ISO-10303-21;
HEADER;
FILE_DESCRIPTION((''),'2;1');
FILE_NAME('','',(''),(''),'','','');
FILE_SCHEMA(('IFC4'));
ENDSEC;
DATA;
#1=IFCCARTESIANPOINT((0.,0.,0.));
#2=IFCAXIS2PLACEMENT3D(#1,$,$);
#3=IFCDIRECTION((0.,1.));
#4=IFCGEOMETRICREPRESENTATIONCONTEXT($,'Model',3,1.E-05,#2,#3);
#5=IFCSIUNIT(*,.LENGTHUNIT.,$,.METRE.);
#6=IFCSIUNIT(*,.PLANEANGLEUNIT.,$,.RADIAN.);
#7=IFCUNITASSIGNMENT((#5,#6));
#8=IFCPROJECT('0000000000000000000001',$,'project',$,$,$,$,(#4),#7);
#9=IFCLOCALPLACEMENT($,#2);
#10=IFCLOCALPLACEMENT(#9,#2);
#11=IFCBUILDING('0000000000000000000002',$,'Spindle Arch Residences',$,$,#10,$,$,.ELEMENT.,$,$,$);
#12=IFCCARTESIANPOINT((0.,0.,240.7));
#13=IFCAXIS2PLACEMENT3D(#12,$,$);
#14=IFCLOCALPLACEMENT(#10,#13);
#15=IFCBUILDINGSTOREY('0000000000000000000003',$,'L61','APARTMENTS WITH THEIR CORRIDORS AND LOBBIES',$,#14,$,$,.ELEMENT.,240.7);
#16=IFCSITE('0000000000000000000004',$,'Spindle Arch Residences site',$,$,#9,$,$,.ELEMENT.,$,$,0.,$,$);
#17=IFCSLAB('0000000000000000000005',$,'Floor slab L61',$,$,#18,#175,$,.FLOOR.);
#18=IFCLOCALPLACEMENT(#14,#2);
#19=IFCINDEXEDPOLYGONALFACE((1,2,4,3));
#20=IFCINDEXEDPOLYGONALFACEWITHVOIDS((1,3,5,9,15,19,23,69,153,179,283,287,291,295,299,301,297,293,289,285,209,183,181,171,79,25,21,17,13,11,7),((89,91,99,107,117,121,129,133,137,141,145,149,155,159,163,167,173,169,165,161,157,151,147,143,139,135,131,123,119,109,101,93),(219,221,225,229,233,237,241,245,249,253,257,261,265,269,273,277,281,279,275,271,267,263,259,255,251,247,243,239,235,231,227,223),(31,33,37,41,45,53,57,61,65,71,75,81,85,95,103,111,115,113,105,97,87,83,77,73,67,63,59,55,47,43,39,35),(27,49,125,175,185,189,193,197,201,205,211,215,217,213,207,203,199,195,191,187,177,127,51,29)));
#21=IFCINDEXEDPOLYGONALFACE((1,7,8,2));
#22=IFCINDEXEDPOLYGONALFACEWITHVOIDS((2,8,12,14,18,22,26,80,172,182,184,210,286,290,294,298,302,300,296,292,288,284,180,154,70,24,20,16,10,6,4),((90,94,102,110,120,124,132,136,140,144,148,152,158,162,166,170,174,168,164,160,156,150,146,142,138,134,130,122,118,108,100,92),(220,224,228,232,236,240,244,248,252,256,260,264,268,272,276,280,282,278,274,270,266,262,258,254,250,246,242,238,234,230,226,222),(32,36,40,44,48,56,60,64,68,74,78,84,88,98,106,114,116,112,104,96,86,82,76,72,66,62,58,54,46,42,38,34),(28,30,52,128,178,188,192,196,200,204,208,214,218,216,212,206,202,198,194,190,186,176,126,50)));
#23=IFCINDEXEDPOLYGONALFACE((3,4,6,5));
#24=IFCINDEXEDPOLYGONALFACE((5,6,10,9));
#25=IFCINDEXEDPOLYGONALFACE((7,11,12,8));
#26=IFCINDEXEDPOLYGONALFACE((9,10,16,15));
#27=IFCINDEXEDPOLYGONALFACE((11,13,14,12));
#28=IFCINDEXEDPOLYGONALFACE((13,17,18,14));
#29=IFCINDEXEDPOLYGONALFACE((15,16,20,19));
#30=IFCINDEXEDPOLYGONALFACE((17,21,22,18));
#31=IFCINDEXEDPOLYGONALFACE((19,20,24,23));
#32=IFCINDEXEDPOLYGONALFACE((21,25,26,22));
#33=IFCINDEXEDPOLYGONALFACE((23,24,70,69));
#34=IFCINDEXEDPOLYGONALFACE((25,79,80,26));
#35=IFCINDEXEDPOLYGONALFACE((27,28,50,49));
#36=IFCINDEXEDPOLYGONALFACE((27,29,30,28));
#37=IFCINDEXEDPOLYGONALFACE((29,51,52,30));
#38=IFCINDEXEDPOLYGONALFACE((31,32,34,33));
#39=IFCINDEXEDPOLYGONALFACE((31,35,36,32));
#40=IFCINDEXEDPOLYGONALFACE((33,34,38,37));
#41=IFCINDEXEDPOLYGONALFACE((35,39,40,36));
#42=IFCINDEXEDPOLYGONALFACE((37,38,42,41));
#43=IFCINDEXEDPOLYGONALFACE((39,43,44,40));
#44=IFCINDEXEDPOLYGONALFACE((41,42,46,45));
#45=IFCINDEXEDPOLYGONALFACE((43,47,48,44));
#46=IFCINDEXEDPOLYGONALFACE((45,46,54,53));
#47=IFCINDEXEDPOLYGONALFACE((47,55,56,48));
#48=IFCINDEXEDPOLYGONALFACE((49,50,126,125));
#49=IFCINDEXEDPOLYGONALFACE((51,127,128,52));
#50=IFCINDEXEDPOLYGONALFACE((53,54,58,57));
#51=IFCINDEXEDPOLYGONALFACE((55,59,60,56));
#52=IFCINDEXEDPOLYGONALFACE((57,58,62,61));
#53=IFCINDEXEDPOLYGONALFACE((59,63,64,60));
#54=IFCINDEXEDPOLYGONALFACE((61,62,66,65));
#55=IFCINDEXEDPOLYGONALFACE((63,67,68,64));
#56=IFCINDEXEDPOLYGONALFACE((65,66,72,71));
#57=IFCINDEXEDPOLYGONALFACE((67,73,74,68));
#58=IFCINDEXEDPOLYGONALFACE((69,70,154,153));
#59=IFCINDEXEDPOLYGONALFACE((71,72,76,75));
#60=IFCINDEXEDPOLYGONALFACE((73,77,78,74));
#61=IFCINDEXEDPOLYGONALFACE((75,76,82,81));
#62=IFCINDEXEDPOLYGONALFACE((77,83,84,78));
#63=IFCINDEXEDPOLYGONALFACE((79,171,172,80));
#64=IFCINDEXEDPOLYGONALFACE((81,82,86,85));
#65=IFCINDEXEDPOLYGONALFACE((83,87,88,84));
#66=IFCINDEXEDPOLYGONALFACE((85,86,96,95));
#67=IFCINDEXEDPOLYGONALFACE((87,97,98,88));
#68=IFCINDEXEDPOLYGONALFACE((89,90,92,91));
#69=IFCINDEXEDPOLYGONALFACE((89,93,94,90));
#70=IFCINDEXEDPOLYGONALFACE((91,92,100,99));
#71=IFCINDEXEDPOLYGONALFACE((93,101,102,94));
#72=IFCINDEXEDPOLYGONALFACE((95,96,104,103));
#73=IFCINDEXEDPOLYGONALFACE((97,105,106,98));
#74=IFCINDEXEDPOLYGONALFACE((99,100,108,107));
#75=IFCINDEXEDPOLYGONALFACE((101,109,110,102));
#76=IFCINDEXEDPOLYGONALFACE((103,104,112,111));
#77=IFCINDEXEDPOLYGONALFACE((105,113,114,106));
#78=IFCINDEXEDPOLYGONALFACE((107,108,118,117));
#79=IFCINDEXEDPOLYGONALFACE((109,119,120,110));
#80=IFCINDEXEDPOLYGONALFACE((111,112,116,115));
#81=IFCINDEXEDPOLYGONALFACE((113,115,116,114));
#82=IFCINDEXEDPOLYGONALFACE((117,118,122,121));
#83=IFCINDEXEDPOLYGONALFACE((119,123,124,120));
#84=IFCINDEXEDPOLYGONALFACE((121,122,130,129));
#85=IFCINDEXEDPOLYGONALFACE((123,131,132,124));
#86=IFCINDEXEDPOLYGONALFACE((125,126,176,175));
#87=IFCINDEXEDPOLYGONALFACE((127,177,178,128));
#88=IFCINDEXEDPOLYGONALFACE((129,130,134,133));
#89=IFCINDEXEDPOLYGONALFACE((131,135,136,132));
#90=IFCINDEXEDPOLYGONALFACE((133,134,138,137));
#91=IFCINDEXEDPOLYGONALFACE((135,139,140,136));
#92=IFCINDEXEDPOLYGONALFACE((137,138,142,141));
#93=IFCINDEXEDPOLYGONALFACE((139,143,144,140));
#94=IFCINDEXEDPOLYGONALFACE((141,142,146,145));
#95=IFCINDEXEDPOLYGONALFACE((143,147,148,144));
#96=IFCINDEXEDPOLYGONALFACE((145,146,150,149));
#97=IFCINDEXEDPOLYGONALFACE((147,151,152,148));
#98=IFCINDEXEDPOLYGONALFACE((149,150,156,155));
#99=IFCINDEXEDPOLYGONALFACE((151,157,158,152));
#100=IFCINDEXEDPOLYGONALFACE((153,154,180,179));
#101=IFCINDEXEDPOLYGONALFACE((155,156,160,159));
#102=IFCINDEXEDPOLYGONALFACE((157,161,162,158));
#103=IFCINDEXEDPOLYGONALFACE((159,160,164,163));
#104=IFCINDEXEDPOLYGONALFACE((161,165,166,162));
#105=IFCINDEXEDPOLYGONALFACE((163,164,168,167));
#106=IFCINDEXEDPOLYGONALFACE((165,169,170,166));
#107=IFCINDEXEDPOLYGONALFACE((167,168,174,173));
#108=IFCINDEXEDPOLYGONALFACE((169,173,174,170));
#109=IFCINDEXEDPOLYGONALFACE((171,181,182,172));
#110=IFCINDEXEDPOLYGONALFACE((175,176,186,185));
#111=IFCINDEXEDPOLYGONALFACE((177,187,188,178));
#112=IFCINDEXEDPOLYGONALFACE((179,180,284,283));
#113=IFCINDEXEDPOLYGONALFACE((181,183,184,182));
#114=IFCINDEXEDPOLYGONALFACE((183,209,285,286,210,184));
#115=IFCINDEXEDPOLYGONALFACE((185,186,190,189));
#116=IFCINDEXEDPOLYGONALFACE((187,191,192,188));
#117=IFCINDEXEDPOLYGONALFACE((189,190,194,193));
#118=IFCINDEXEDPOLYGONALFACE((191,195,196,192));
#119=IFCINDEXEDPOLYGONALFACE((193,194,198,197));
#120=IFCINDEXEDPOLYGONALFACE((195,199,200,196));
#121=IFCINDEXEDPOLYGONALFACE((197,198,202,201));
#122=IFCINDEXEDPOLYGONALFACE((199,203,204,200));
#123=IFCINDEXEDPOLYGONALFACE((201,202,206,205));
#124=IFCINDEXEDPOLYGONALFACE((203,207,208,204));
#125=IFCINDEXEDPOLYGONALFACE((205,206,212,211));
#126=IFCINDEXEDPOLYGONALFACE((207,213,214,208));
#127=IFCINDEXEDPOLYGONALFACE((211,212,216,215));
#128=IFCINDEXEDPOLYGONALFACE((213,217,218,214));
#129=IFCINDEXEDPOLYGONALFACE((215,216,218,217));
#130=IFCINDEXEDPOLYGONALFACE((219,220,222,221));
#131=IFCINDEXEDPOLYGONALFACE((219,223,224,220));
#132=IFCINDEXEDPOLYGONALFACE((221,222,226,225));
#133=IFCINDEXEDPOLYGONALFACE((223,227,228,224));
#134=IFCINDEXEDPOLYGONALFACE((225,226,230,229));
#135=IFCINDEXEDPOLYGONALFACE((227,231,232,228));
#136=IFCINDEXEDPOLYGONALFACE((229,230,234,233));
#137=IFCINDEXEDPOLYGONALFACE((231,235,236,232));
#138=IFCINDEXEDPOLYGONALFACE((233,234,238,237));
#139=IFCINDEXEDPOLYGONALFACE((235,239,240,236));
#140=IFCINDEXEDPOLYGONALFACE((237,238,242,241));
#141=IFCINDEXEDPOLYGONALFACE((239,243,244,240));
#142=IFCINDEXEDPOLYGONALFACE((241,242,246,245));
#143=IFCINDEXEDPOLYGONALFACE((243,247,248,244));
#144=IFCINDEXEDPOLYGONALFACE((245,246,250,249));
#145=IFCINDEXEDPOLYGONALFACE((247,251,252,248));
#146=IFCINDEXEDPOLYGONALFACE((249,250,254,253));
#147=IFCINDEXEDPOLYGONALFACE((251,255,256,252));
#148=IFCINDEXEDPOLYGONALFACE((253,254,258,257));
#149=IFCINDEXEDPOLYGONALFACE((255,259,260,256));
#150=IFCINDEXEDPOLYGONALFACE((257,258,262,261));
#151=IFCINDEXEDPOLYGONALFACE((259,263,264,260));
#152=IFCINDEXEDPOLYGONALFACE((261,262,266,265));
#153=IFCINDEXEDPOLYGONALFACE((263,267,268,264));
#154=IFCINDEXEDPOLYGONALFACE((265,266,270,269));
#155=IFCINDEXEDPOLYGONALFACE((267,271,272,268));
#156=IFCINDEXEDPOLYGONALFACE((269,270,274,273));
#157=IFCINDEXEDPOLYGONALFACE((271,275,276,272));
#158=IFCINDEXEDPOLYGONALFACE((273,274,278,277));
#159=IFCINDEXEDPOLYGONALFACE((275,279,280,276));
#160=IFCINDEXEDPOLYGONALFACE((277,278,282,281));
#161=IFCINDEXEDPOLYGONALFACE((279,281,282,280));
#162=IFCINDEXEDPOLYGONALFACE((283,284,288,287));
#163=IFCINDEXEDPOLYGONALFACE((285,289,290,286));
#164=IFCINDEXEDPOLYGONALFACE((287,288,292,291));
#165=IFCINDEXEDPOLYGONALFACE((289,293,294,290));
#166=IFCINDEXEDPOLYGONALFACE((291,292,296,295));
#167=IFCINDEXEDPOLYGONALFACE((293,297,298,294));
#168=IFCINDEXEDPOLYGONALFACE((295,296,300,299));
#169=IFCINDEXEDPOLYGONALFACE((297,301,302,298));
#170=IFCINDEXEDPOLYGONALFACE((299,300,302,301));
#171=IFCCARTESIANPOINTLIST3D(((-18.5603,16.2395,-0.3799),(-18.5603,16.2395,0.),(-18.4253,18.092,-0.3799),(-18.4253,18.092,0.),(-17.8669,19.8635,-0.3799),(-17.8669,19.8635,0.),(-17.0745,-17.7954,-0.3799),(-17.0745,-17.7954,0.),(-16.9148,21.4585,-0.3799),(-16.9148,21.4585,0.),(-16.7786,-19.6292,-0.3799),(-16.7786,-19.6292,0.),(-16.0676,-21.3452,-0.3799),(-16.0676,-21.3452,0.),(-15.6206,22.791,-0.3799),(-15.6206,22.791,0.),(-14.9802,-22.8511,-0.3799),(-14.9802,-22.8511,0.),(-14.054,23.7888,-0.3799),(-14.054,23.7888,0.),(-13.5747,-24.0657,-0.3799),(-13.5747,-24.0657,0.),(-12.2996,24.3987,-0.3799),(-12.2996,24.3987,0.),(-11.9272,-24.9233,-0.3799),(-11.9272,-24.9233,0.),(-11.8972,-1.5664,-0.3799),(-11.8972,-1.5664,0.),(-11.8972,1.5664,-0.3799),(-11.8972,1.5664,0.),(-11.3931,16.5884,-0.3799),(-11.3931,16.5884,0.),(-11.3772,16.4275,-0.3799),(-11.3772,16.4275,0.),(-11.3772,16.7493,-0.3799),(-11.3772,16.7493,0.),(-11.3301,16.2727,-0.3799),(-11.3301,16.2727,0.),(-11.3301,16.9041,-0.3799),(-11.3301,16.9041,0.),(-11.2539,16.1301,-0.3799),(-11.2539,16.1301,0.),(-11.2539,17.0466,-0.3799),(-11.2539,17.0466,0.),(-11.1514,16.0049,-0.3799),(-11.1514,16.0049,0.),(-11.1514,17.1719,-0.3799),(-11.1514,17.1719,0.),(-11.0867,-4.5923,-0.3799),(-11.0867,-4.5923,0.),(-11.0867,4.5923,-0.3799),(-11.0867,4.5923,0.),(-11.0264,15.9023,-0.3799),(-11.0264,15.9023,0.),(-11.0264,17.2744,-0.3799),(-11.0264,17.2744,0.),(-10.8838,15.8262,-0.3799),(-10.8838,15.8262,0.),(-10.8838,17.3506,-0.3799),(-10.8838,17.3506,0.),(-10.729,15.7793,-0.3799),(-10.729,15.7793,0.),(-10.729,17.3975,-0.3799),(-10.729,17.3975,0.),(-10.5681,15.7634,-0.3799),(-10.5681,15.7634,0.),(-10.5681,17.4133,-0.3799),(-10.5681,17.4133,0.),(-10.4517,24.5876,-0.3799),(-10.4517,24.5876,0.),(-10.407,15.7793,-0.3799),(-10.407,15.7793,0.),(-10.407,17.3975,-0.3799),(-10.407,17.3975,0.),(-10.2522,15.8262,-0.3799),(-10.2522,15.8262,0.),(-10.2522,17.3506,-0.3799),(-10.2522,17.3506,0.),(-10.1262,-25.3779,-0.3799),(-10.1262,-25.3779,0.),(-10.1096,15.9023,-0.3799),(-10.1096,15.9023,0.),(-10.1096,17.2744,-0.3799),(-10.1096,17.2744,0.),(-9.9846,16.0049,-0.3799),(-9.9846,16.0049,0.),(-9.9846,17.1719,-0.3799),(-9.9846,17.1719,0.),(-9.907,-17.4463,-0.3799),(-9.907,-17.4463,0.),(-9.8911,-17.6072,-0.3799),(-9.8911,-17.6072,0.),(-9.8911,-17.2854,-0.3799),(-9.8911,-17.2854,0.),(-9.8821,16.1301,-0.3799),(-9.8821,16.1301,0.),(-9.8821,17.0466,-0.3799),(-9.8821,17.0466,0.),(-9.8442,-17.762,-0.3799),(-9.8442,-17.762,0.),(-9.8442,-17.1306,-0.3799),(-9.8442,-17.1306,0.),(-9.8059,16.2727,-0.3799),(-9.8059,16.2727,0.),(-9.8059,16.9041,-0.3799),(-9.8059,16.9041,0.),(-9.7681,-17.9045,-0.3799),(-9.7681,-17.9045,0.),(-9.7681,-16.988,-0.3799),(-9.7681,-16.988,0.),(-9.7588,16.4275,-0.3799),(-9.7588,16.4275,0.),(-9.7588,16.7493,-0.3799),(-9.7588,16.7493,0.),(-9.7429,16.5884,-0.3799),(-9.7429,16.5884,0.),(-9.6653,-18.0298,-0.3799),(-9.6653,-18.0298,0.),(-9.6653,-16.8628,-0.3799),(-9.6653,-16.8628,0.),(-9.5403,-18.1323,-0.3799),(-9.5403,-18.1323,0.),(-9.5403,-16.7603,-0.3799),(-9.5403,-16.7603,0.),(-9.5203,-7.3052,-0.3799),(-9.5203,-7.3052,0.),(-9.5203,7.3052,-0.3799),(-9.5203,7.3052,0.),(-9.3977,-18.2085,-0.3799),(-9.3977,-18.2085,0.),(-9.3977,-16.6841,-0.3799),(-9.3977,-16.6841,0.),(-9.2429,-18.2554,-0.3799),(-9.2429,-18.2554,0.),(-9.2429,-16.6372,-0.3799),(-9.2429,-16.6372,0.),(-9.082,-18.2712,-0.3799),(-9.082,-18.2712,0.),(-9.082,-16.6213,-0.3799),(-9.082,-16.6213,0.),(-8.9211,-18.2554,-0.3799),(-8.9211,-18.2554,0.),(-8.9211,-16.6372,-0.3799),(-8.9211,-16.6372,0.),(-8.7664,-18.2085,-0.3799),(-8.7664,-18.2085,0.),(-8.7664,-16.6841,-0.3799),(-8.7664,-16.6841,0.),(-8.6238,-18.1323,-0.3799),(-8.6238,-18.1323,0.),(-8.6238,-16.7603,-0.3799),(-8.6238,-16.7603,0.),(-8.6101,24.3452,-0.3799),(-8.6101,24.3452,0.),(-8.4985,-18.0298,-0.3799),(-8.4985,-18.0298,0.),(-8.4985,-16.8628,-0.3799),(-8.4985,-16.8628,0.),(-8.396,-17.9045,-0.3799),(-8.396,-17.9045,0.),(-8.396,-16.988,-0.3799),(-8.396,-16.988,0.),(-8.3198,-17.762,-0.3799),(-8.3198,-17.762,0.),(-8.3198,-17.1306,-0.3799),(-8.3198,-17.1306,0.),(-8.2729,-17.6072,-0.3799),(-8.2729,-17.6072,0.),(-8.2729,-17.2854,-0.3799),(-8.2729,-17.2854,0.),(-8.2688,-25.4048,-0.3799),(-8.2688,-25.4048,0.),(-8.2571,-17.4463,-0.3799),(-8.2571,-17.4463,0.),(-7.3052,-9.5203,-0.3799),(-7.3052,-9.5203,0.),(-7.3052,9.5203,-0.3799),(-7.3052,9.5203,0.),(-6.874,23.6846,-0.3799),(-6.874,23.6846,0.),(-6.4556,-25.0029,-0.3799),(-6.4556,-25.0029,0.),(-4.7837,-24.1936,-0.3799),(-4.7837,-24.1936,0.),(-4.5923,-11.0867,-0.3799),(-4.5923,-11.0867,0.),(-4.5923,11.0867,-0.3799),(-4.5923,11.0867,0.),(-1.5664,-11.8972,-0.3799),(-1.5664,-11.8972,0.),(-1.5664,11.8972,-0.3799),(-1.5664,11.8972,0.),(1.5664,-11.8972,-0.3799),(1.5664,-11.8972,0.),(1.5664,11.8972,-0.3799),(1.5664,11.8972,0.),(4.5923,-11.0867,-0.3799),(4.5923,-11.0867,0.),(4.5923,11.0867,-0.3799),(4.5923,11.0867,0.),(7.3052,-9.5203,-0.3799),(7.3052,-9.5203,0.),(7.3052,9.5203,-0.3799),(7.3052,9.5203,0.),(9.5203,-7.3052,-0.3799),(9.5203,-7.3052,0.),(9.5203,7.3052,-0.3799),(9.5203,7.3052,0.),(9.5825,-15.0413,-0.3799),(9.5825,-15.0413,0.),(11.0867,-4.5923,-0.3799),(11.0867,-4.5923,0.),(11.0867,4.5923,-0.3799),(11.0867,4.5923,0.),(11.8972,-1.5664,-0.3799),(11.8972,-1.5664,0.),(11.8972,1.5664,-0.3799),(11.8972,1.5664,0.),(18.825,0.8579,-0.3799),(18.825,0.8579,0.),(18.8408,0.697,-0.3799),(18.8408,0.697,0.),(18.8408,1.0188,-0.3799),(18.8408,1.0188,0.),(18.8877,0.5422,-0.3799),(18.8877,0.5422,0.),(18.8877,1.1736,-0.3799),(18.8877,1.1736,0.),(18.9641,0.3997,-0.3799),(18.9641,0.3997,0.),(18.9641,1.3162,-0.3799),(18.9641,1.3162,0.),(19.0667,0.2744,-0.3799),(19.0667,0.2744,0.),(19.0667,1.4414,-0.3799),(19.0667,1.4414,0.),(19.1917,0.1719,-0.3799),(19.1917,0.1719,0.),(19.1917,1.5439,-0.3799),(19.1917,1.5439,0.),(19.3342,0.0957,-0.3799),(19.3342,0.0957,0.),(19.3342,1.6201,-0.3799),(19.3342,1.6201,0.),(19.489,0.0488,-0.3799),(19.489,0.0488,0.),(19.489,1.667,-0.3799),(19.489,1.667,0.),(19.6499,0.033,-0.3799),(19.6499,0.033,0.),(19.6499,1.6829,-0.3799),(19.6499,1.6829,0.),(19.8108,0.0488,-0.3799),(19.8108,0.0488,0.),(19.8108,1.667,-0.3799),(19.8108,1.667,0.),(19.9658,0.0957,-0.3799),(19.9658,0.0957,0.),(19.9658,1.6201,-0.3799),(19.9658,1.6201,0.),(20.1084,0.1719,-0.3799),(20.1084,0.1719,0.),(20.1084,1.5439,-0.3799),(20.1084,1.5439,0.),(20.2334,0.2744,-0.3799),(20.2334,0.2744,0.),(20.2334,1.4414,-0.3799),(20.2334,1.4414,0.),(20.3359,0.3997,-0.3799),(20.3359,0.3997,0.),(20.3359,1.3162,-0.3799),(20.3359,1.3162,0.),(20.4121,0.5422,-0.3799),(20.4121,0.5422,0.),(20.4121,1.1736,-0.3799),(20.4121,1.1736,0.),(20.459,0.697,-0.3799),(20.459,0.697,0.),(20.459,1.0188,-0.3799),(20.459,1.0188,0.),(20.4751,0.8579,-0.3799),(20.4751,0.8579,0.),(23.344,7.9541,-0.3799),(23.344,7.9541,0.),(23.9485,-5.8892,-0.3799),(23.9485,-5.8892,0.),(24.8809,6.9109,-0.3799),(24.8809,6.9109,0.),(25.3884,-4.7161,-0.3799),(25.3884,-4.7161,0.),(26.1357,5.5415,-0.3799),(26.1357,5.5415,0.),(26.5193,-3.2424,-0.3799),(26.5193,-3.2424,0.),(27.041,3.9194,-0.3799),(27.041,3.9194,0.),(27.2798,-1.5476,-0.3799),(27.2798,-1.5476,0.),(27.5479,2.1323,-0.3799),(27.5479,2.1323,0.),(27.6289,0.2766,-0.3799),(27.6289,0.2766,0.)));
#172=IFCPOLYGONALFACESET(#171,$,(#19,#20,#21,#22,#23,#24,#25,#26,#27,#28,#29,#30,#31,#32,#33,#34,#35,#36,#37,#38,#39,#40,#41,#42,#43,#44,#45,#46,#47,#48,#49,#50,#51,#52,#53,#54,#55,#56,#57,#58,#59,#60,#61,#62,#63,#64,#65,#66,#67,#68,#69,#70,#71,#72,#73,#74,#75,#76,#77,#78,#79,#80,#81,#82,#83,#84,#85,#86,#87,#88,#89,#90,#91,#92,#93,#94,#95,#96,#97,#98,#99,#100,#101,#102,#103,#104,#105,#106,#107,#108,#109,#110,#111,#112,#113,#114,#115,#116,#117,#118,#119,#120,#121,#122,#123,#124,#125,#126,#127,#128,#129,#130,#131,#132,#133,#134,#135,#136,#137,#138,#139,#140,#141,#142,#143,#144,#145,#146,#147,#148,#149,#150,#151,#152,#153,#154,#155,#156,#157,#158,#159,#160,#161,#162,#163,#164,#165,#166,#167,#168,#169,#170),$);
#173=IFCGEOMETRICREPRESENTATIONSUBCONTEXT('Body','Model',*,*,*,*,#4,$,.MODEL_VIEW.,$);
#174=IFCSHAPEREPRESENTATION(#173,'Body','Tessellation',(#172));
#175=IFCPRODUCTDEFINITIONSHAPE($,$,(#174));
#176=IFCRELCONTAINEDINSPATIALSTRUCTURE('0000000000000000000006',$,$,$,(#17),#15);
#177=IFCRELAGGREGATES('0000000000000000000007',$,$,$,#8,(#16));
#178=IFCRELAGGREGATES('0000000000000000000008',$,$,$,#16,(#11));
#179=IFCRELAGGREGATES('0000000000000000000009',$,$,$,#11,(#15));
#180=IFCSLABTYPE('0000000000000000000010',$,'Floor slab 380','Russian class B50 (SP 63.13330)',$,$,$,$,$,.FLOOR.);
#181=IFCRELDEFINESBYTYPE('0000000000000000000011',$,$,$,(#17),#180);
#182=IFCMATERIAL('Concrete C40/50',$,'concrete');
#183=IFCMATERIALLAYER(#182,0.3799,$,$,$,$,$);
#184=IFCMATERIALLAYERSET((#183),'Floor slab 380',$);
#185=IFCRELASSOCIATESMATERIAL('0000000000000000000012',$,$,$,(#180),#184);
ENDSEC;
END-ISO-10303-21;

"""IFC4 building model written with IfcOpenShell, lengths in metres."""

from ifc_helpers import new_model, si_unit, direction, frame, origin, place, context, subcontext, project, spatial, polyline, outline, extrude, material, layer, layer_set, type_object, element, save


model = new_model("IFC4")

# Units and contexts
model_context = context("Model", 3, precision=1e-05, world=origin(), true_north=direction((0.0, 1.0)))
body_context = subcontext(model_context, "Body", "Model", "MODEL_VIEW")
ifc_project = project(units=[si_unit("LENGTHUNIT", "METRE"), si_unit("PLANEANGLEUNIT", "RADIAN")], contexts=[model_context])

# Site, building, storey
site_placement = place(None, origin())
site = spatial("IfcSite", under=ifc_project, at=site_placement, Name="Spindle Arch Residences site", CompositionType="ELEMENT", RefElevation=0.0)
building_placement = place(site_placement, origin())
building = spatial("IfcBuilding", under=site, at=building_placement, Name="Spindle Arch Residences", CompositionType="ELEMENT")
storey_placement = place(building_placement, frame((0.0, 0.0, 240.7)))
storey = spatial("IfcBuildingStorey", under=building, at=storey_placement, Name="L61", Description="APARTMENTS WITH THEIR CORRIDORS AND LOBBIES", CompositionType="ELEMENT", Elevation=240.7)

# Slab
ifc_material_1 = material(Name="Concrete C40/50", Category="concrete")
ifc_layer_1 = layer(ifc_material_1, 0.3799)
ifc_layer_set_1 = layer_set([ifc_layer_1], Name="Floor slab 380")
slab_type_1 = type_object("IfcSlabType", Name="Floor slab 380", Description="Russian class B50 (SP 63.13330)", PredefinedType="FLOOR", material=ifc_layer_set_1)
slab_1_placement = place(storey_placement, frame((0.0, 0.0, -0.3799)))
element("IfcSlab", 1, at=slab_1_placement, inside=storey, type_object=slab_type_1, Name="Floor slab L61", PredefinedType="FLOOR", context=body_context, shape_type="SweptSolid", body=[
    extrude(outline(polyline([(-6.4556, -25.0029), (-8.2688, -25.4048), (-10.1262, -25.3779), (-11.9272, -24.9233), (-13.5747, -24.0657), (-14.9802, -22.8511), (-16.0676, -21.3452), (-16.7786, -19.6292), (-17.0745, -17.7954), (-18.5603, 16.2395), (-18.4253, 18.092), (-17.8669, 19.8635), (-16.9148, 21.4585), (-15.6206, 22.791), (-14.054, 23.7888), (-12.2996, 24.3987), (-10.4517, 24.5876), (-8.6101, 24.3452), (-6.874, 23.6846), (23.344, 7.9541), (24.8809, 6.9109), (26.1357, 5.5415), (27.041, 3.9194), (27.5479, 2.1323), (27.6289, 0.2766), (27.2798, -1.5476), (26.5193, -3.2424), (25.3884, -4.7161), (23.9485, -5.8892), (9.5825, -15.0413), (-4.7837, -24.1936), (-6.4556, -25.0029)]), holes=[polyline([(7.3052, -9.5203), (9.5203, -7.3052), (11.0867, -4.5923), (11.8972, -1.5664), (11.8972, 1.5664), (11.0867, 4.5923), (9.5203, 7.3052), (7.3052, 9.5203), (4.5923, 11.0867), (1.5664, 11.8972), (-1.5664, 11.8972), (-4.5923, 11.0867), (-7.3052, 9.5203), (-9.5203, 7.3052), (-11.0867, 4.5923), (-11.8972, 1.5664), (-11.8972, -1.5664), (-11.0867, -4.5923), (-9.5203, -7.3052), (-7.3052, -9.5203), (-4.5923, -11.0867), (-1.5664, -11.8972), (1.5664, -11.8972), (4.5923, -11.0867), (7.3052, -9.5203)]), polyline([(-8.396, -17.9045), (-8.3198, -17.762), (-8.2729, -17.6072), (-8.2571, -17.4463), (-8.2729, -17.2854), (-8.3198, -17.1306), (-8.396, -16.988), (-8.4985, -16.8628), (-8.6238, -16.7603), (-8.7664, -16.6841), (-8.9211, -16.6372), (-9.082, -16.6213), (-9.2429, -16.6372), (-9.3977, -16.6841), (-9.5403, -16.7603), (-9.6653, -16.8628), (-9.7681, -16.988), (-9.8442, -17.1306), (-9.8911, -17.2854), (-9.907, -17.4463), (-9.8911, -17.6072), (-9.8442, -17.762), (-9.7681, -17.9045), (-9.6653, -18.0298), (-9.5403, -18.1323), (-9.3977, -18.2085), (-9.2429, -18.2554), (-9.082, -18.2712), (-8.9211, -18.2554), (-8.7664, -18.2085), (-8.6238, -18.1323), (-8.4985, -18.0298), (-8.396, -17.9045)]), polyline([(-9.8821, 16.1301), (-9.8059, 16.2727), (-9.7588, 16.4275), (-9.7429, 16.5884), (-9.7588, 16.7493), (-9.8059, 16.9041), (-9.8821, 17.0466), (-9.9846, 17.1719), (-10.1096, 17.2744), (-10.2522, 17.3506), (-10.407, 17.3975), (-10.5681, 17.4133), (-10.729, 17.3975), (-10.8838, 17.3506), (-11.0264, 17.2744), (-11.1514, 17.1719), (-11.2539, 17.0466), (-11.3301, 16.9041), (-11.3772, 16.7493), (-11.3931, 16.5884), (-11.3772, 16.4275), (-11.3301, 16.2727), (-11.2539, 16.1301), (-11.1514, 16.0049), (-11.0264, 15.9023), (-10.8838, 15.8262), (-10.729, 15.7793), (-10.5681, 15.7634), (-10.407, 15.7793), (-10.2522, 15.8262), (-10.1096, 15.9023), (-9.9846, 16.0049), (-9.8821, 16.1301)]), polyline([(20.2334, 0.2744), (20.3359, 0.3997), (20.4121, 0.5422), (20.459, 0.697), (20.4751, 0.8579), (20.459, 1.0188), (20.4121, 1.1736), (20.3359, 1.3162), (20.2334, 1.4414), (20.1084, 1.5439), (19.9658, 1.6201), (19.8108, 1.667), (19.6499, 1.6829), (19.489, 1.667), (19.3342, 1.6201), (19.1917, 1.5439), (19.0667, 1.4414), (18.9641, 1.3162), (18.8877, 1.1736), (18.8408, 1.0188), (18.825, 0.8579), (18.8408, 0.697), (18.8877, 0.5422), (18.9641, 0.3997), (19.0667, 0.2744), (19.1917, 0.1719), (19.3342, 0.0957), (19.489, 0.0488), (19.6499, 0.033), (19.8108, 0.0488), (19.9658, 0.0957), (20.1084, 0.1719), (20.2334, 0.2744)])]), origin(), (0.0, 0.0, 1.0), 0.3799),
])

save(model, "model.ifc")
